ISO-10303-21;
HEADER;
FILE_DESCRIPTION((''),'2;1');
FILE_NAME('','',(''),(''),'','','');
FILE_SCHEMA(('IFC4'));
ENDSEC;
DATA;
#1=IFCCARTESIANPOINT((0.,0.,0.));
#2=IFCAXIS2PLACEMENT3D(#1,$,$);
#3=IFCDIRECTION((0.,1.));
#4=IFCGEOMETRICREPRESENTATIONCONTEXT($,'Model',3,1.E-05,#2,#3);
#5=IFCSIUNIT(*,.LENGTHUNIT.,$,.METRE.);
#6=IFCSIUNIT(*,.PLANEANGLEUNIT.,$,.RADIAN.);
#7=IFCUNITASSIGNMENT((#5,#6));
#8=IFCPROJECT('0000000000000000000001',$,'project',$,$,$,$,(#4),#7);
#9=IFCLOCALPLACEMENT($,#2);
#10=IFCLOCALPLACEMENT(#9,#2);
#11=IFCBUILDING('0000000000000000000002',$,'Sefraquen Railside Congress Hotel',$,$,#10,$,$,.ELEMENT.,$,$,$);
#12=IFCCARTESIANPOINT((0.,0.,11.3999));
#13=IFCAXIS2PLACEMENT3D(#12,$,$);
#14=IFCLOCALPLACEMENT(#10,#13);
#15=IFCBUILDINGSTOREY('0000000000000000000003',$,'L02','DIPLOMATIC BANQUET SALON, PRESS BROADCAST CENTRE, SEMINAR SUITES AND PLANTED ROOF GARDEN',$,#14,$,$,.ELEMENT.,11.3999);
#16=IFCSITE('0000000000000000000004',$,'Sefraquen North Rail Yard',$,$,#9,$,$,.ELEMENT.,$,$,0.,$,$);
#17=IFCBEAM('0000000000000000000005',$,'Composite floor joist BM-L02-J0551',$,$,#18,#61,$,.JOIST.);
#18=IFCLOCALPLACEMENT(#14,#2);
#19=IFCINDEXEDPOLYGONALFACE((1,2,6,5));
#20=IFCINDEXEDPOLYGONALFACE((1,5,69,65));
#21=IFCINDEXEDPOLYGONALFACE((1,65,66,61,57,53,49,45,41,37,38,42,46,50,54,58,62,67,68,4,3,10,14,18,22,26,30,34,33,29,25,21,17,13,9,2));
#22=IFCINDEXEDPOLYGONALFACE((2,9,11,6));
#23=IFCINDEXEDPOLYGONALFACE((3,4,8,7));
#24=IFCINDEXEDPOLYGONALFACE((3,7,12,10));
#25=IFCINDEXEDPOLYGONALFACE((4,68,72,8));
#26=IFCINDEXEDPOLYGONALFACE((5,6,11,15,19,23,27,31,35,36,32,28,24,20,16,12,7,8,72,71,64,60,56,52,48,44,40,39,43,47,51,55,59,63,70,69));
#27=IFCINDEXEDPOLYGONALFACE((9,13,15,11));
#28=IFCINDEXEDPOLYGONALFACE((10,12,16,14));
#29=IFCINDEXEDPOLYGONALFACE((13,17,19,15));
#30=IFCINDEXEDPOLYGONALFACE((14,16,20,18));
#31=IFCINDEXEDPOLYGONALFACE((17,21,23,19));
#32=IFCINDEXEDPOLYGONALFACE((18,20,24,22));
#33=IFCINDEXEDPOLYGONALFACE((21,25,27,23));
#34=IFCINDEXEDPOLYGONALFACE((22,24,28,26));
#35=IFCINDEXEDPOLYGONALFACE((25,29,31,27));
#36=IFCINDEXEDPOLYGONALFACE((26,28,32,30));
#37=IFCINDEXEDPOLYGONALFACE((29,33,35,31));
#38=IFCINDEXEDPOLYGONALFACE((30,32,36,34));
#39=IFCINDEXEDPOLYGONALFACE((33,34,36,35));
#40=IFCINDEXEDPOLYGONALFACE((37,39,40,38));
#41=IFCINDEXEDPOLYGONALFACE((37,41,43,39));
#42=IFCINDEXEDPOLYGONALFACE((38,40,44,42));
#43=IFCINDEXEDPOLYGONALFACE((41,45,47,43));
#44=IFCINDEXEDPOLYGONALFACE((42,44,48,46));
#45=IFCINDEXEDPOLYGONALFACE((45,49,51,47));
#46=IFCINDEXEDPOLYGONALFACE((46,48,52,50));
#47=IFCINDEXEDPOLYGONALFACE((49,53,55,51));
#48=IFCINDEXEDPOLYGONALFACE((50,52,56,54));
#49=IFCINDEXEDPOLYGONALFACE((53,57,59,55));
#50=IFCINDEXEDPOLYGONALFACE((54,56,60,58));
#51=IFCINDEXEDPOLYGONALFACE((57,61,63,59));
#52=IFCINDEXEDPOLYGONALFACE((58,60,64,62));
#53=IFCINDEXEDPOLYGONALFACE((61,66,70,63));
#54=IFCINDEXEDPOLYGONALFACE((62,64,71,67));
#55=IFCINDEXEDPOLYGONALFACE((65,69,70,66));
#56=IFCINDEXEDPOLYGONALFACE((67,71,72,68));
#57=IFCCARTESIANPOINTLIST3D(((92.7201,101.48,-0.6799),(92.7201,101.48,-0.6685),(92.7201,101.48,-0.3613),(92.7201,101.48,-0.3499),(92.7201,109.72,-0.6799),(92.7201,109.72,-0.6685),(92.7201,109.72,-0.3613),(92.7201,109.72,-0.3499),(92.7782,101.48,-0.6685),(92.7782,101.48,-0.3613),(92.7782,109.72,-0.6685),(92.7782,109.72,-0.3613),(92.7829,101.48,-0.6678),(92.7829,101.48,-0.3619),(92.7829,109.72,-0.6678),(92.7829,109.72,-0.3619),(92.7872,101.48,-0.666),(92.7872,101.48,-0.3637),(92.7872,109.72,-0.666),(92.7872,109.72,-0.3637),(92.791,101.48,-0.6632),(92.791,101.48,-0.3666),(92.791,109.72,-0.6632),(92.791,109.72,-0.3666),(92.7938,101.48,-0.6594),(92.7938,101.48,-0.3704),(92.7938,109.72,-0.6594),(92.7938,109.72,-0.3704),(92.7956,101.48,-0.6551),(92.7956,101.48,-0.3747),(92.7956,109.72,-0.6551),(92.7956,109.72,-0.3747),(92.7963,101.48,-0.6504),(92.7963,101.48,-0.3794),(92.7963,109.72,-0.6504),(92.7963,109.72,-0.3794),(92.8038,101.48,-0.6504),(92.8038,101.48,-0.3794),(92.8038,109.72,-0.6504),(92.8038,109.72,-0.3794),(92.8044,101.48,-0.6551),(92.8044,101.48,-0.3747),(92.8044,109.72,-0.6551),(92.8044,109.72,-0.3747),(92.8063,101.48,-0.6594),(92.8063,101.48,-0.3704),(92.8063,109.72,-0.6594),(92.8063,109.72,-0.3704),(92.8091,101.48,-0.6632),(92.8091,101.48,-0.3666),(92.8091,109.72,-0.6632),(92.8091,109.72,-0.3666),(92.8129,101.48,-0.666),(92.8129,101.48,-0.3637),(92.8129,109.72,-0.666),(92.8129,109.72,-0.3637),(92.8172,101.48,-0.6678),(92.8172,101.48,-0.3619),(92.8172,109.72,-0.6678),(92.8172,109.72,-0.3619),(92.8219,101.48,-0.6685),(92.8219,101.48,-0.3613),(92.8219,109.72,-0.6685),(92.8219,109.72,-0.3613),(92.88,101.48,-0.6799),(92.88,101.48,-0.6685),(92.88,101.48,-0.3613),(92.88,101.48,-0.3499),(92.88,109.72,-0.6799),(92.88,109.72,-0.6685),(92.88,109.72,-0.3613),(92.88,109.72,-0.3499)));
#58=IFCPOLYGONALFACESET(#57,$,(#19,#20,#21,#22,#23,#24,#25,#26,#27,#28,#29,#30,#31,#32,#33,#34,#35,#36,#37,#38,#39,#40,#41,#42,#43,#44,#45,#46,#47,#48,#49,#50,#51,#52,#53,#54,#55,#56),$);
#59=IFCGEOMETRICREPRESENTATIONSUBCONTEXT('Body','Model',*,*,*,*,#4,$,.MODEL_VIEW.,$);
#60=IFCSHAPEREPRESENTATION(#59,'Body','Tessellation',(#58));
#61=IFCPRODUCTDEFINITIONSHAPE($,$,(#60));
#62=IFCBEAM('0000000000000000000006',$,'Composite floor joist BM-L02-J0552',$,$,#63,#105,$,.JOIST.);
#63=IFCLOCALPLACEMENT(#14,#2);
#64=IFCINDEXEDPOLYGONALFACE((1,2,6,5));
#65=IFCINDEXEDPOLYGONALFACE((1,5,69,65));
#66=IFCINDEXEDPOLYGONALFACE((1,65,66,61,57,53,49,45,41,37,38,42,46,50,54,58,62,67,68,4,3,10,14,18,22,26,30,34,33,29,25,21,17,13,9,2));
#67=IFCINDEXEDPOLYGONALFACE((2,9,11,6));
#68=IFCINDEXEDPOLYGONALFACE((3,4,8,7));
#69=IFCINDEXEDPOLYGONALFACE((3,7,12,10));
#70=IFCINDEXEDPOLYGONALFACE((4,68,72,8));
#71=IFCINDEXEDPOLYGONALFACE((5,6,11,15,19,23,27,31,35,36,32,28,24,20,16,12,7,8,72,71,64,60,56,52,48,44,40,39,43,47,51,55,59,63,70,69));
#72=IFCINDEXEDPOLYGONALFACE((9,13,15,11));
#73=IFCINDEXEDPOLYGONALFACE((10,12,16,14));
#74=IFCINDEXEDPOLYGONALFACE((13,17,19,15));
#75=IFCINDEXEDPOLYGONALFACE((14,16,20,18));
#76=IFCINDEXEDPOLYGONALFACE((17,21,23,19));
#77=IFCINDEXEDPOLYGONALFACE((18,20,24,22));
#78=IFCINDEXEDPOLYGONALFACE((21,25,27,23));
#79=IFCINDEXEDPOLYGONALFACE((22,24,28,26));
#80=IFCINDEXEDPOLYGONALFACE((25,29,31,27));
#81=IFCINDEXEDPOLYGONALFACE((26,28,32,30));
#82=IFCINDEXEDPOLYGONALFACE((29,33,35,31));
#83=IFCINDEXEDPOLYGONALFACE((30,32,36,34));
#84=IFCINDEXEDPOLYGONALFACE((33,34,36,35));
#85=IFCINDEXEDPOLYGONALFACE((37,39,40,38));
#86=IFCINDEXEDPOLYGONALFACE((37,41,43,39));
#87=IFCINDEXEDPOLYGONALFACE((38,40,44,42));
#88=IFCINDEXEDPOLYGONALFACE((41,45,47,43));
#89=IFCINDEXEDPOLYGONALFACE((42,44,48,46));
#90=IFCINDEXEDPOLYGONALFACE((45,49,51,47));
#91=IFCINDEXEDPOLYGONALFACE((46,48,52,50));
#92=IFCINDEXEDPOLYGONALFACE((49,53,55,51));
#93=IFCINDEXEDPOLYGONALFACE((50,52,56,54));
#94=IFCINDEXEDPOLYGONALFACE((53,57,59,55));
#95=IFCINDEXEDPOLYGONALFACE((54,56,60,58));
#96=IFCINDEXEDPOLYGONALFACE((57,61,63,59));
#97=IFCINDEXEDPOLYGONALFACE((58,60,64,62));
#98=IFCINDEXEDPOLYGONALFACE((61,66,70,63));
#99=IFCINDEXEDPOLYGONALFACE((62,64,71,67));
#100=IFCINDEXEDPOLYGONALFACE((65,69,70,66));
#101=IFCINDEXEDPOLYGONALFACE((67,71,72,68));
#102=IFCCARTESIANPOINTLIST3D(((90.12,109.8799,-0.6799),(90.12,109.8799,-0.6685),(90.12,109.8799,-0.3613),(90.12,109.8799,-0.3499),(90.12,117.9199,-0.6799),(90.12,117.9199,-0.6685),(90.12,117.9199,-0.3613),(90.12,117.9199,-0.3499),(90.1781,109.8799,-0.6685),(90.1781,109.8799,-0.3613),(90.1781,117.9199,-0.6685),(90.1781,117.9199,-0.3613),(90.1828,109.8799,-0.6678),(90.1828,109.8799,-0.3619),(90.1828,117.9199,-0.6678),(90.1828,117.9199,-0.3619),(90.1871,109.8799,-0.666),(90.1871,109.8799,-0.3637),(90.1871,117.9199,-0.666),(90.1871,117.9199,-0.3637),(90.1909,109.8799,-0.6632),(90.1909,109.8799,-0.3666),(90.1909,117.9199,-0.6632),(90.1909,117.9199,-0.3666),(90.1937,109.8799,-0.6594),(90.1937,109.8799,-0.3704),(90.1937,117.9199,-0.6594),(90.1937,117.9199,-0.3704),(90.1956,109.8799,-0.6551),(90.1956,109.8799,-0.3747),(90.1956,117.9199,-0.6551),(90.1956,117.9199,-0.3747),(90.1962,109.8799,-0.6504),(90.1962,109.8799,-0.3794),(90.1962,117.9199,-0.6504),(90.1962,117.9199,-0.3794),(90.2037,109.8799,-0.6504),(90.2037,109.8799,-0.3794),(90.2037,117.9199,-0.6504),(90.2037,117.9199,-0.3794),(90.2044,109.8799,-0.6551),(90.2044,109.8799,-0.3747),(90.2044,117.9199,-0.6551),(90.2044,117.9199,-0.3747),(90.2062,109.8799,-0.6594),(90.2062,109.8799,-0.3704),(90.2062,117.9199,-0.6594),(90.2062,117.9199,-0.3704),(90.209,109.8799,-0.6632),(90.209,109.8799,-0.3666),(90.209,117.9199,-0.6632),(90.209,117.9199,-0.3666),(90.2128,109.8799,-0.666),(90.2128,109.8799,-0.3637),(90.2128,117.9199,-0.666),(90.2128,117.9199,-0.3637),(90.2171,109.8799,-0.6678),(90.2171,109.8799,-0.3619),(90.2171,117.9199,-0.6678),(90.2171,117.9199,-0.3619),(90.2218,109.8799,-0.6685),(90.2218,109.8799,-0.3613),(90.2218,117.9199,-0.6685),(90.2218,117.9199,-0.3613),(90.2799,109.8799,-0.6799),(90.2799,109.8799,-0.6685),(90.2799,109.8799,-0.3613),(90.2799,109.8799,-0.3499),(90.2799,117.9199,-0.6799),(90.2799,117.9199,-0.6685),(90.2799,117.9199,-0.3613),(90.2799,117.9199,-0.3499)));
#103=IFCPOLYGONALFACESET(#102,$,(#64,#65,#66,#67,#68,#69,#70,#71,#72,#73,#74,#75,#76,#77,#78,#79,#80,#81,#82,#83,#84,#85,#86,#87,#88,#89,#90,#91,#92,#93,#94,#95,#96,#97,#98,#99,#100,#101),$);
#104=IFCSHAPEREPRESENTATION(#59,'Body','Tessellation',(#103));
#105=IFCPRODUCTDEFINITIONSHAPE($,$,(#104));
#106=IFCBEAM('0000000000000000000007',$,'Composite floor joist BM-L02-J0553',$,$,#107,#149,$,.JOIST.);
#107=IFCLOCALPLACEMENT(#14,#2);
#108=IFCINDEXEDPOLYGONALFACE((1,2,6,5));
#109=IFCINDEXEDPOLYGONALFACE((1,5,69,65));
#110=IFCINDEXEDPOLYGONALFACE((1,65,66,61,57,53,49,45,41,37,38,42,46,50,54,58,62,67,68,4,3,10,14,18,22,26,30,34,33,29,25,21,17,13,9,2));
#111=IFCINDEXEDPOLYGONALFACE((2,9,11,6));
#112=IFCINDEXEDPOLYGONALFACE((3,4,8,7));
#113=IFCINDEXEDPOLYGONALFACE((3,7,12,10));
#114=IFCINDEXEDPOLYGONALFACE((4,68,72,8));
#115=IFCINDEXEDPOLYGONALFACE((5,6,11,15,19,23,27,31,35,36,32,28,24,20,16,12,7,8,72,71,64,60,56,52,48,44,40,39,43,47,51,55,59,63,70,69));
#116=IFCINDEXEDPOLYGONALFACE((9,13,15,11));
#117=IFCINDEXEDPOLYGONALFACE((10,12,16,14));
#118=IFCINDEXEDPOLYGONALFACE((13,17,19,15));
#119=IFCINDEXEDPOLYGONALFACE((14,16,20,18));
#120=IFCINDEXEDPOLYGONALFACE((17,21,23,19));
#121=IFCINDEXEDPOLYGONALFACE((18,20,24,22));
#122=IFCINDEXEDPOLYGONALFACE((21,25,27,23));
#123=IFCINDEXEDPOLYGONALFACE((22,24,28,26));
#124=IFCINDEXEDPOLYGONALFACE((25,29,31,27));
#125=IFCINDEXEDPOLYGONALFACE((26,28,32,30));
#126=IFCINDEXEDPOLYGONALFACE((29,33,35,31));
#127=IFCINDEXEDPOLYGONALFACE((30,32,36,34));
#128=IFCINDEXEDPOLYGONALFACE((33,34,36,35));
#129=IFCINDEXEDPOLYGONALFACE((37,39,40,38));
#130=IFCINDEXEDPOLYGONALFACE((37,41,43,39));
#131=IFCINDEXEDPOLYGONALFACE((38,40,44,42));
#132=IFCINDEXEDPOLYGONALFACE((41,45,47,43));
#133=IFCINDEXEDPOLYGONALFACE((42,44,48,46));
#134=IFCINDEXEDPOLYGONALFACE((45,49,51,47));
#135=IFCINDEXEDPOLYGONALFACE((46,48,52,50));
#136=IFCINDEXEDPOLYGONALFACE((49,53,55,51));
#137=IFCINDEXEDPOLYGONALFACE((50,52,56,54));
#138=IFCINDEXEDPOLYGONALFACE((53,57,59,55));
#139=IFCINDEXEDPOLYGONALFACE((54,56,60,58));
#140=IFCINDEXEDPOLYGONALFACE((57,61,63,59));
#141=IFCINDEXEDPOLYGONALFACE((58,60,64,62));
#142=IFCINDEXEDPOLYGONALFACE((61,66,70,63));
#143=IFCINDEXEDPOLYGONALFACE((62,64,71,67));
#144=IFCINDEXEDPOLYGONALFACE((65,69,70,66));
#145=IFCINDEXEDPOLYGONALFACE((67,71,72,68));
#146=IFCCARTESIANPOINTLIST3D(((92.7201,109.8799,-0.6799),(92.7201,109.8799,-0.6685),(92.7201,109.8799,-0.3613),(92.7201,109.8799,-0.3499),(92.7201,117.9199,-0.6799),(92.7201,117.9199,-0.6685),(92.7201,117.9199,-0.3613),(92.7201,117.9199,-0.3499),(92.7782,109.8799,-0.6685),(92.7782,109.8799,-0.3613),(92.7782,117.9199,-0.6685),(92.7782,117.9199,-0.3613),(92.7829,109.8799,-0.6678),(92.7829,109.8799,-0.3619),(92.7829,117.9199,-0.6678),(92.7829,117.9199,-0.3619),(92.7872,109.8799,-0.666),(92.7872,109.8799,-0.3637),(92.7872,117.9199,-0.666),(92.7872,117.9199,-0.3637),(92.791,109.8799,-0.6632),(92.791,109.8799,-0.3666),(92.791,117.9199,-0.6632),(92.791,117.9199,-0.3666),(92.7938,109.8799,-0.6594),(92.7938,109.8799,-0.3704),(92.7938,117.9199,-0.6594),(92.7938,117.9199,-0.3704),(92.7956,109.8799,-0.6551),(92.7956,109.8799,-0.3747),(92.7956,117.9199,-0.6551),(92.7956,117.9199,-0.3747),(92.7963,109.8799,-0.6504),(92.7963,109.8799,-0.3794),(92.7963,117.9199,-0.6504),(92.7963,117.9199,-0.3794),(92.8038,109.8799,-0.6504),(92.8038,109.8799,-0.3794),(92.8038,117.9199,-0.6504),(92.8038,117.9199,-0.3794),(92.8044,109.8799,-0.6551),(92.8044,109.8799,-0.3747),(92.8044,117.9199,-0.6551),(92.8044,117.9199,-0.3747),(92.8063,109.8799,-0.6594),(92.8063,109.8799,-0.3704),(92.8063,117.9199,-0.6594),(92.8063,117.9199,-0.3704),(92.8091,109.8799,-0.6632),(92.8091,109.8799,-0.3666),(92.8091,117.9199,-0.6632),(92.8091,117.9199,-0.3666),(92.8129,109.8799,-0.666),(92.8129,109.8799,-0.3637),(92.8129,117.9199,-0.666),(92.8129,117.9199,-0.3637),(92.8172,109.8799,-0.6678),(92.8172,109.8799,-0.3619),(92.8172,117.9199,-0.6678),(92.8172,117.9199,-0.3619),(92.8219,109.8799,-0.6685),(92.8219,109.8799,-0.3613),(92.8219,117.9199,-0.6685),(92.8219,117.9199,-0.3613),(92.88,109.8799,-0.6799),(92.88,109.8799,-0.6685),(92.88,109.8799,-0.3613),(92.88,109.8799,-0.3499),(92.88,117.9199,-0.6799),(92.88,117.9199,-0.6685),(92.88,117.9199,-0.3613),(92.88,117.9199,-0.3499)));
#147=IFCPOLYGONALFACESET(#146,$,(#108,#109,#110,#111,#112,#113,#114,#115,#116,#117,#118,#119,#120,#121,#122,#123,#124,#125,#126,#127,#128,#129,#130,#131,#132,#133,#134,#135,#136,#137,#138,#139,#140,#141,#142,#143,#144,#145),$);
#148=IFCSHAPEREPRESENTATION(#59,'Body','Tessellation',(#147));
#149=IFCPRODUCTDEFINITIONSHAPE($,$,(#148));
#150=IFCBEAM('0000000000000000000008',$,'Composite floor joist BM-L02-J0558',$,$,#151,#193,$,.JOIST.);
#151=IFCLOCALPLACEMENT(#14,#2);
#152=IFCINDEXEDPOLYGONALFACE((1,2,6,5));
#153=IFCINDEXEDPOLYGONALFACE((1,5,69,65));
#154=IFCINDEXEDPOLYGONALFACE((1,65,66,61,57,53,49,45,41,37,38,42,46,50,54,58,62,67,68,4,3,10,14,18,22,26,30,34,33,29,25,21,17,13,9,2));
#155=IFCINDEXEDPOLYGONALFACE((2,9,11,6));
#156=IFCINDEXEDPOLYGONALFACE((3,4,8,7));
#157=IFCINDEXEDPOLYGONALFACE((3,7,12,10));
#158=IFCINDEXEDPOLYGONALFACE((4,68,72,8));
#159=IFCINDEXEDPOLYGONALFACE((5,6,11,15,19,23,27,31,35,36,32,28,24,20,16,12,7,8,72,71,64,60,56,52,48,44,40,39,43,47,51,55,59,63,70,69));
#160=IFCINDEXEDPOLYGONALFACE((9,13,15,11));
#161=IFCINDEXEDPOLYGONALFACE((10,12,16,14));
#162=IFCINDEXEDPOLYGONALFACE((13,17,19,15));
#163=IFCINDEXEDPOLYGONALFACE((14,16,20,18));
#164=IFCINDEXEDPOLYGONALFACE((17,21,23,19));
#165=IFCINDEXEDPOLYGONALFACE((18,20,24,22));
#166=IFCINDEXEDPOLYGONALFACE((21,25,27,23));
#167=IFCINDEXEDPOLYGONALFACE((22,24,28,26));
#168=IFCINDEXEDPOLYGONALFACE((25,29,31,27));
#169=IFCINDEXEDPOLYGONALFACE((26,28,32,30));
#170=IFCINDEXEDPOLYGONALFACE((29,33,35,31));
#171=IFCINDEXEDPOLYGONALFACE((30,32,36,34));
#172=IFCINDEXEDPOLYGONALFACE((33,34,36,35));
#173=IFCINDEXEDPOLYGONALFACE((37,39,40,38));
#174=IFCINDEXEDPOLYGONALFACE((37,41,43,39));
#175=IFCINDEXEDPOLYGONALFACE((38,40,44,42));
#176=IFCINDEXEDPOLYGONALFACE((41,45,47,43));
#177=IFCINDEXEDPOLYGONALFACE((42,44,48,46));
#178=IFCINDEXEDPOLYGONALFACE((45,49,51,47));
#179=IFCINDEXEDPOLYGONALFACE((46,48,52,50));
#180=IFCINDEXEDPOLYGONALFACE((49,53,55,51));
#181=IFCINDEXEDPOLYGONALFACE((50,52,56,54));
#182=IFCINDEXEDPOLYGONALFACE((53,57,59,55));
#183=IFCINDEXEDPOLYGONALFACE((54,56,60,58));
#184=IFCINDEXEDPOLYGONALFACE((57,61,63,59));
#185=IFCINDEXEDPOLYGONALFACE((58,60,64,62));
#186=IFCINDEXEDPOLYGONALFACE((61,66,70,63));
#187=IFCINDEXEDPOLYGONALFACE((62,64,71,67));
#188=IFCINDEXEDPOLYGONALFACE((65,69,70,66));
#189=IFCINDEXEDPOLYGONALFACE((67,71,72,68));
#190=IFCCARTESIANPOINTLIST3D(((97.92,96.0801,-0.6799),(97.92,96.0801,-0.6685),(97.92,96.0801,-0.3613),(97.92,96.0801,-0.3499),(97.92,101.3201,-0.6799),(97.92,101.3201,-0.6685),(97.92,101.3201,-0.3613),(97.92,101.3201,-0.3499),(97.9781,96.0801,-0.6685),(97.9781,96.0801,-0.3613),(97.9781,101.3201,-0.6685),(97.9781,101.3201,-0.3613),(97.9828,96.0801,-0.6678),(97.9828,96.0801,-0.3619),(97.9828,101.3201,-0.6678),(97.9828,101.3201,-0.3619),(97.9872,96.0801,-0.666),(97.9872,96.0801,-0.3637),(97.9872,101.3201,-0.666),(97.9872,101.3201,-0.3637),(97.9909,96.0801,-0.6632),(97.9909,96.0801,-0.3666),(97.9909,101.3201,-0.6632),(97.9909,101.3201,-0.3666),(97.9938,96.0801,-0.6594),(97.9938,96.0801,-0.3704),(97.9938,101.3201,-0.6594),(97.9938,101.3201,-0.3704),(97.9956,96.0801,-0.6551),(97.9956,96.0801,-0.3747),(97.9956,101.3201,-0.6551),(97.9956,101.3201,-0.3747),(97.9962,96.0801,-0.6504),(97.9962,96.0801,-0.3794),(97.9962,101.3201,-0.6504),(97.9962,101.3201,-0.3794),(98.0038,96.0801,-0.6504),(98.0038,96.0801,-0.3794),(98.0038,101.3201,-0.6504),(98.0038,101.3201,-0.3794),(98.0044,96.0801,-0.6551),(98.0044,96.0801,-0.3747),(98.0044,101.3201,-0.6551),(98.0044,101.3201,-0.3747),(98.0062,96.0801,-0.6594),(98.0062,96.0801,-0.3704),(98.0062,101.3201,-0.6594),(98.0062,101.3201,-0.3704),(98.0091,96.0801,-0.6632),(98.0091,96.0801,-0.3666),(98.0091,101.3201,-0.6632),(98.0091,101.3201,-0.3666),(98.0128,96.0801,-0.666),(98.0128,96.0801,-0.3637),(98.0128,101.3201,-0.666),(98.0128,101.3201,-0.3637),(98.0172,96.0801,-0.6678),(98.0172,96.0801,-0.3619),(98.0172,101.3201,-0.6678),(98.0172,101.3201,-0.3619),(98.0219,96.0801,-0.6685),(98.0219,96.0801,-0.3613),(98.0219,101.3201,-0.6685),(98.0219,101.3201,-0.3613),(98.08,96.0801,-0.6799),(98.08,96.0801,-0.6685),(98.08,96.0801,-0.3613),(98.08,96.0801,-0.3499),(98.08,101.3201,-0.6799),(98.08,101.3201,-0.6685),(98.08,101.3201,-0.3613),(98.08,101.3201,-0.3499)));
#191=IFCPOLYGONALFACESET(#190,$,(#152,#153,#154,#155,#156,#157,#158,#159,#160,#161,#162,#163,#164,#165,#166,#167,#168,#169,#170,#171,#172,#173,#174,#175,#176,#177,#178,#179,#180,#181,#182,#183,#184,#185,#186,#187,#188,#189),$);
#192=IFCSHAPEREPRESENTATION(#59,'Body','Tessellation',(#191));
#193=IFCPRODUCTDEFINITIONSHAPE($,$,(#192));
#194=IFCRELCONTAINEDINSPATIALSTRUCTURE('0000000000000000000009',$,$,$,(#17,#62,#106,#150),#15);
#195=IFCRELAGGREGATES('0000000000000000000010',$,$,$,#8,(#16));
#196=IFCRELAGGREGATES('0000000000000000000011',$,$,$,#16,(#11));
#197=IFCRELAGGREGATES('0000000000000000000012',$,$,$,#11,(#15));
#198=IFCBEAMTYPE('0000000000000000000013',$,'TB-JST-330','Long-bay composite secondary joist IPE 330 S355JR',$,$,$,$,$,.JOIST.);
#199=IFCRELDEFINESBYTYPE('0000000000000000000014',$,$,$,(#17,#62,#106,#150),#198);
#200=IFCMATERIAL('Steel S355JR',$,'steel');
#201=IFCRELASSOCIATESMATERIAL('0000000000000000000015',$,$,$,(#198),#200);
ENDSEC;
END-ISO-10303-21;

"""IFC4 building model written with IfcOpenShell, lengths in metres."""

from ifc_helpers import new_model, si_unit, direction, frame, origin, origin_2d, place, context, subcontext, project, spatial, i_section, extrude, material, material_profile, profile_set, type_object, element, save


model = new_model("IFC4")

# Units and contexts
model_context = context("Model", 3, precision=1e-05, world=origin(), true_north=direction((0.0, 1.0)))
body_context = subcontext(model_context, "Body", "Model", "MODEL_VIEW")
ifc_project = project(units=[si_unit("LENGTHUNIT", "METRE"), si_unit("PLANEANGLEUNIT", "RADIAN")], contexts=[model_context])

# Site, building, storey
site_placement = place(None, origin())
site = spatial("IfcSite", under=ifc_project, at=site_placement, Name="Sefraquen North Rail Yard", CompositionType="ELEMENT", RefElevation=0.0)
building_placement = place(site_placement, origin())
building = spatial("IfcBuilding", under=site, at=building_placement, Name="Sefraquen Railside Congress Hotel", CompositionType="ELEMENT")
storey_placement = place(building_placement, frame((0.0, 0.0, 11.3999)))
storey = spatial("IfcBuildingStorey", under=building, at=storey_placement, Name="L02", Description="DIPLOMATIC BANQUET SALON, PRESS BROADCAST CENTRE, SEMINAR SUITES AND PLANTED ROOF GARDEN", CompositionType="ELEMENT", Elevation=11.3999)

# Shared definitions
ifc_material_1 = material(Name="Steel S355JR", Category="steel")

# Beams
ifc_material_profile_1 = material_profile(ifc_material_1, i_section(OverallWidth=0.1599, OverallDepth=0.3301, WebThickness=0.0076, FlangeThickness=0.0115, FilletRadius=0.0181, at=origin_2d()), Name="IPE 330")
ifc_profile_set_1 = profile_set([ifc_material_profile_1], Name="Steel S355JR")
beam_type_1 = type_object("IfcBeamType", Name="TB-JST-330", Description="Long-bay composite secondary joist IPE 330 S355JR", PredefinedType="JOIST", material=ifc_profile_set_1)
for number, where, z_axis, x_axis, name in (
    (1, (92.8, 101.48, -0.5149), (0.0, 1.0, 0.0), (-1.0, 0.0, 0.0), "Composite floor joist BM-L02-J0551"),
):
    element("IfcBeam", number, at=place(storey_placement, frame(where, z_axis=z_axis, x_axis=x_axis)), inside=storey, type_object=beam_type_1, Name=name, PredefinedType="JOIST", context=body_context, shape_type="SweptSolid", body=[
        extrude(i_section(OverallWidth=0.1599, OverallDepth=0.3301, WebThickness=0.0076, FlangeThickness=0.0115, FilletRadius=0.0181, at=origin_2d()), origin(), (0.0, 0.0, 1.0), 8.24),
    ])
for number, where, z_axis, x_axis, name in (
    (2, (90.2, 109.8799, -0.5149), (0.0, 1.0, 0.0), (-1.0, 0.0, 0.0), "Composite floor joist BM-L02-J0552"),
    (3, (92.8, 109.8799, -0.5149), (0.0, 1.0, 0.0), (-1.0, 0.0, 0.0), "Composite floor joist BM-L02-J0553"),
):
    element("IfcBeam", number, at=place(storey_placement, frame(where, z_axis=z_axis, x_axis=x_axis)), inside=storey, type_object=beam_type_1, Name=name, PredefinedType="JOIST", context=body_context, shape_type="SweptSolid", body=[
        extrude(i_section(OverallWidth=0.1599, OverallDepth=0.3301, WebThickness=0.0076, FlangeThickness=0.0115, FilletRadius=0.0181, at=origin_2d()), origin(), (0.0, 0.0, 1.0), 8.04),
    ])
for number, where, z_axis, x_axis, name in (
    (4, (98.0, 96.0801, -0.5149), (0.0, 1.0, 0.0), (-1.0, 0.0, 0.0), "Composite floor joist BM-L02-J0558"),
):
    element("IfcBeam", number, at=place(storey_placement, frame(where, z_axis=z_axis, x_axis=x_axis)), inside=storey, type_object=beam_type_1, Name=name, PredefinedType="JOIST", context=body_context, shape_type="SweptSolid", body=[
        extrude(i_section(OverallWidth=0.1599, OverallDepth=0.3301, WebThickness=0.0076, FlangeThickness=0.0115, FilletRadius=0.0181, at=origin_2d()), origin(), (0.0, 0.0, 1.0), 5.24),
    ])

save(model, "model.ifc")
